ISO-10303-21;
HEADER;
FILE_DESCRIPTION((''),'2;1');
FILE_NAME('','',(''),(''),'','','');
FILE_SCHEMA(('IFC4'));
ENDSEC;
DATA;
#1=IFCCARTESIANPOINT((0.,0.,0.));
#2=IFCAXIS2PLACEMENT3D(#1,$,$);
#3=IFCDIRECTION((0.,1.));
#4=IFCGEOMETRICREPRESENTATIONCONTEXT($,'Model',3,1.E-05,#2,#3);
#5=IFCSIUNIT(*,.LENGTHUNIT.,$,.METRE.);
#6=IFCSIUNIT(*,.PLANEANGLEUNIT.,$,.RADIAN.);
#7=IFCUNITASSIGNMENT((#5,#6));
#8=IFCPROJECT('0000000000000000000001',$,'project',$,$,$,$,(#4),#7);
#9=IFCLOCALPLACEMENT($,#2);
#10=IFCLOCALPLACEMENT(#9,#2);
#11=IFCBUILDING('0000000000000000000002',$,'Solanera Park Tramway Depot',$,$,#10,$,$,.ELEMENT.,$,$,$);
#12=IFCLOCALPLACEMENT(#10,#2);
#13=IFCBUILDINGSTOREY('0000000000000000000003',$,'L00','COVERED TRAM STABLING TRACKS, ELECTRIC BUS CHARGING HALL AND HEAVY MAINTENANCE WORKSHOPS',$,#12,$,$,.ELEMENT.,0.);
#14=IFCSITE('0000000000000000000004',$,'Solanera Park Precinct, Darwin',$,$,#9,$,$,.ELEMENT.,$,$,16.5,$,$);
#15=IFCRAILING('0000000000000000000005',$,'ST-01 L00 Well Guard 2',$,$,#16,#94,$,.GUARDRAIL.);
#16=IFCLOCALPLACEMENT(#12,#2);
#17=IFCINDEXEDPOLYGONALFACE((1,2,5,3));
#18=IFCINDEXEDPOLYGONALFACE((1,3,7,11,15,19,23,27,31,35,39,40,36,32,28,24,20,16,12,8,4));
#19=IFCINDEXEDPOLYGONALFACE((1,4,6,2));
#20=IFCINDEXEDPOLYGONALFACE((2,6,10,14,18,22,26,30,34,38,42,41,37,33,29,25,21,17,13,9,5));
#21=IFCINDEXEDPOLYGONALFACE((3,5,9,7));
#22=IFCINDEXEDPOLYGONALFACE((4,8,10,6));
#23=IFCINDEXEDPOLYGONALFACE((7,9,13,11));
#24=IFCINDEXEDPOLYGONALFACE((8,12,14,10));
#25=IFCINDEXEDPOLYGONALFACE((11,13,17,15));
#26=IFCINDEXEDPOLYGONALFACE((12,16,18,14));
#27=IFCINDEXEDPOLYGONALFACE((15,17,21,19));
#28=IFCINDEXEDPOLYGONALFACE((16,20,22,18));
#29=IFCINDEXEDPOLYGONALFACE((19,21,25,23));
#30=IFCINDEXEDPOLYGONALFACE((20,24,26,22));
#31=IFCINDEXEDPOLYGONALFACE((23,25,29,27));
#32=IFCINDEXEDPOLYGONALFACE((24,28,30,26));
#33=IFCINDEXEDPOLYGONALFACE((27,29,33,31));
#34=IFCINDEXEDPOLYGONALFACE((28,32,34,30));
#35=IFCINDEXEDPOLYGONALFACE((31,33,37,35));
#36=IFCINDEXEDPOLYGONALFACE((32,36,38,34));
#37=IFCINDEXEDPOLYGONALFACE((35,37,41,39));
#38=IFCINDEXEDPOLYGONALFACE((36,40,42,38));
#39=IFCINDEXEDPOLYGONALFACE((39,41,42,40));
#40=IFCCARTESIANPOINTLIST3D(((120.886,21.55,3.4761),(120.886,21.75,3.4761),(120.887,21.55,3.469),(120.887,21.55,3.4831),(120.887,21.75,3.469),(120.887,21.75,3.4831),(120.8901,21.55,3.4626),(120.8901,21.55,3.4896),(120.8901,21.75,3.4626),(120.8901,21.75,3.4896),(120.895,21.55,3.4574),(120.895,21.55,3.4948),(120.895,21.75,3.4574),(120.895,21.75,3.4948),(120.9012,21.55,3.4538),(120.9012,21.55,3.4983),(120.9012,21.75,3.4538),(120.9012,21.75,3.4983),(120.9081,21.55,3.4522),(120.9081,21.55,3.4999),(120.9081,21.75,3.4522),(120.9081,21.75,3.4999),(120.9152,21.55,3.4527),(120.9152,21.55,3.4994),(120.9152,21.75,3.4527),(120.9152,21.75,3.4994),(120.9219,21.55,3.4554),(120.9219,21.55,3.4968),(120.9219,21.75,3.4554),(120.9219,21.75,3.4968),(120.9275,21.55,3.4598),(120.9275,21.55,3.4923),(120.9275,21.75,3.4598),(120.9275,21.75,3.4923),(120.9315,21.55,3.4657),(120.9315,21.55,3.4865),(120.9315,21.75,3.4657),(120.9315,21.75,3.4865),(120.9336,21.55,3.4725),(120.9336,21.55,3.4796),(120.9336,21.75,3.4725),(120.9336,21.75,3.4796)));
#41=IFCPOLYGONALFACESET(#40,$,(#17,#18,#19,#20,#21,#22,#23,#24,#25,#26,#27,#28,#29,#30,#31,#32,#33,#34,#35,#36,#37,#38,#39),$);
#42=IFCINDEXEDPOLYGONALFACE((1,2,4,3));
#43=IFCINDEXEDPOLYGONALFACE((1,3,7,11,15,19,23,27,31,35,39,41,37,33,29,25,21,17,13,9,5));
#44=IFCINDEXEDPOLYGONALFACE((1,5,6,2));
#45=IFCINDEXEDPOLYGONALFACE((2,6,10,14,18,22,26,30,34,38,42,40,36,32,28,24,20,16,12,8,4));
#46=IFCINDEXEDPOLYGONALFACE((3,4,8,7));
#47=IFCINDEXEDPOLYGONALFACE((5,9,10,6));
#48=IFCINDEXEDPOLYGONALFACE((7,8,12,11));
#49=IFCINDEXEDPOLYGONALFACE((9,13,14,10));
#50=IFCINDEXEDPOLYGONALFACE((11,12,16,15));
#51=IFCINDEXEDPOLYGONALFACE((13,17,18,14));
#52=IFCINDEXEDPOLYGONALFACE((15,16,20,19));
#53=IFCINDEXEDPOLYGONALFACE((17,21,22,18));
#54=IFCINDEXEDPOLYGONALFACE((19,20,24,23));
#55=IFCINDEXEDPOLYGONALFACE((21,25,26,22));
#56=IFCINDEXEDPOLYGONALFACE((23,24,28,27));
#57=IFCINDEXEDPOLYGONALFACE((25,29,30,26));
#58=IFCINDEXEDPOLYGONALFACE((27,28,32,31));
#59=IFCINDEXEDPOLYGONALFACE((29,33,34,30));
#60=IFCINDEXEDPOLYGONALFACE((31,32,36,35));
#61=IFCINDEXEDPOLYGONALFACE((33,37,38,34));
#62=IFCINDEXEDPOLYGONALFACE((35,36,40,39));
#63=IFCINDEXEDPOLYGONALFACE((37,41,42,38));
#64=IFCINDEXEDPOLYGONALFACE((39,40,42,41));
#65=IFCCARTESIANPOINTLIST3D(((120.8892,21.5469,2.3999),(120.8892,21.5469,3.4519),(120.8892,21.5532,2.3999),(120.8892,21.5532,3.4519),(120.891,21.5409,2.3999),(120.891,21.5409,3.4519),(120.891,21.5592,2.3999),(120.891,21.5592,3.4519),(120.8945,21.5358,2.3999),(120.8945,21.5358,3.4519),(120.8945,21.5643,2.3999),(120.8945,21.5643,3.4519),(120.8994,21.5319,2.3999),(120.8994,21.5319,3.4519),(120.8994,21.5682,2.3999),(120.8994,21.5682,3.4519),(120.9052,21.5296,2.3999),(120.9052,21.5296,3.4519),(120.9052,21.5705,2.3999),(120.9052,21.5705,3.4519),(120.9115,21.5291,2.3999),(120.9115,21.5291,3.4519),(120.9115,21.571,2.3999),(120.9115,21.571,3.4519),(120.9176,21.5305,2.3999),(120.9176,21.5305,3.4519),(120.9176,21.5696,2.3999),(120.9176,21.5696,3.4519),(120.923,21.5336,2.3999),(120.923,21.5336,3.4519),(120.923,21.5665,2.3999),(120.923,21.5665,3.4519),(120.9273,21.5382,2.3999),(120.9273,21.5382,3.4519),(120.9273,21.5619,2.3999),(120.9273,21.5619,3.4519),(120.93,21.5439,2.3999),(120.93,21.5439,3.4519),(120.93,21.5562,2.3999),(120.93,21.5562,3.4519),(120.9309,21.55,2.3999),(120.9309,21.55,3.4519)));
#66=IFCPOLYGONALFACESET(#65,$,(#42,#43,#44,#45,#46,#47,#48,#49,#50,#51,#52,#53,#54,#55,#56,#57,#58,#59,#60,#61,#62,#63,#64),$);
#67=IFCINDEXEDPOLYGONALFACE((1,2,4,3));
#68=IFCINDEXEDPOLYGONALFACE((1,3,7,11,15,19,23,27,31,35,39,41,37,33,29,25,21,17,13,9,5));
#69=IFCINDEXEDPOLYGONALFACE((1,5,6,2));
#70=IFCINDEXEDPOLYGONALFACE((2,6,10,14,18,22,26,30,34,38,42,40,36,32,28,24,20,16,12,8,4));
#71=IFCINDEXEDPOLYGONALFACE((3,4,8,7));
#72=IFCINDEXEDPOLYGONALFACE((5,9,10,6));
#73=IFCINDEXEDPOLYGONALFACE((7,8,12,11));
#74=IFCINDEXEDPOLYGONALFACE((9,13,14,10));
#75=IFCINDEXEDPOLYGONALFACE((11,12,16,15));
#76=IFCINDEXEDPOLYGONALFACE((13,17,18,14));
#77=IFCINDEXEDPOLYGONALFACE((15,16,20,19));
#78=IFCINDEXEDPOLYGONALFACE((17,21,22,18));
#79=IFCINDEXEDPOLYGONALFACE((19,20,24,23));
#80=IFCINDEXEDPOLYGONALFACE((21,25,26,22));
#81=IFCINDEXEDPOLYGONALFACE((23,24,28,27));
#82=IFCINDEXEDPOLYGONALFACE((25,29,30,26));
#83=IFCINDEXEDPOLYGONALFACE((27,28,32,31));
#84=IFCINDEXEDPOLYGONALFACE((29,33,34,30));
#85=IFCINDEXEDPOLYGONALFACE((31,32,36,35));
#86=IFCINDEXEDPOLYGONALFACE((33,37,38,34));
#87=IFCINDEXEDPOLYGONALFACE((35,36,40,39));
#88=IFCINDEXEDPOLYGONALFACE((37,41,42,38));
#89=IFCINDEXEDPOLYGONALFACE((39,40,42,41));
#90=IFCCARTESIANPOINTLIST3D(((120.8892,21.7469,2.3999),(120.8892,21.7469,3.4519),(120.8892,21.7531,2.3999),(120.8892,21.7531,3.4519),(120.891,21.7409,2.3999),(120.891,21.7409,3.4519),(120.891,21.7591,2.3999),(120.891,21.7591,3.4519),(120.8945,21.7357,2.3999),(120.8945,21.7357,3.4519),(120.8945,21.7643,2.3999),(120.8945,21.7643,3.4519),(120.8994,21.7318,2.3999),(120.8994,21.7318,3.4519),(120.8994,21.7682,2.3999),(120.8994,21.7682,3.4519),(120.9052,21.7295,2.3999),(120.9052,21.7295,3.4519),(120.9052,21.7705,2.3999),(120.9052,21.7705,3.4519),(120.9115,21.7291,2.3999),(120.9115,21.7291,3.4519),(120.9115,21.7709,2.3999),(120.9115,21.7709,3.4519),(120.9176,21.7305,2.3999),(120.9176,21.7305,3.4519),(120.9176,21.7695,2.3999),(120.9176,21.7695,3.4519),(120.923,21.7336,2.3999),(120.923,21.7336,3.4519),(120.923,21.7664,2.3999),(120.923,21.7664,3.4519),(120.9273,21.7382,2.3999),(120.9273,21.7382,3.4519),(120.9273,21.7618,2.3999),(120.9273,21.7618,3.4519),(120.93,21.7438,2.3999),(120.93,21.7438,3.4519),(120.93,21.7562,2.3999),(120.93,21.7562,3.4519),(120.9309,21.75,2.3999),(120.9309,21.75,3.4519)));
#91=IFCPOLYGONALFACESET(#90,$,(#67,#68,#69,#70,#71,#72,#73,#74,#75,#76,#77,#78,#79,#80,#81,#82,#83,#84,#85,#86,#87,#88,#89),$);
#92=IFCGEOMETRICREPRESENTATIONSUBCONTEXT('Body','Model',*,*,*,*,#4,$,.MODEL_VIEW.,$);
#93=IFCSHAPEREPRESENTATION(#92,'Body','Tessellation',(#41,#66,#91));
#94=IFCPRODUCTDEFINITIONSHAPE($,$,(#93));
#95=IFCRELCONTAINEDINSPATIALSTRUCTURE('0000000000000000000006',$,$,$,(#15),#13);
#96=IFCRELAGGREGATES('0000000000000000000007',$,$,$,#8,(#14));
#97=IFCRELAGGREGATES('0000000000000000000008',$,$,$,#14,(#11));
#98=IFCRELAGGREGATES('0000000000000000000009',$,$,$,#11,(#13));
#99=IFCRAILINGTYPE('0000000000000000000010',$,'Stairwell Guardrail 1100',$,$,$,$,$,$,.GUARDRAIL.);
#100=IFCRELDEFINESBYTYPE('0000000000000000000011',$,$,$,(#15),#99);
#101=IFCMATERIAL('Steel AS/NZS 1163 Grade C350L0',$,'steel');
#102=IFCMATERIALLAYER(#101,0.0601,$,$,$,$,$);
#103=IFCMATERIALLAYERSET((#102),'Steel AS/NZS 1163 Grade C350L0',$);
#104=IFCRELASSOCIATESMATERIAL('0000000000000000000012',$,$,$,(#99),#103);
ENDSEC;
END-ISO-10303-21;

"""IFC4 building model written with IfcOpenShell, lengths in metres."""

from ifc_helpers import new_model, si_unit, direction, frame, origin, origin_2d, place, context, subcontext, project, spatial, circle, extrude, material, layer, layer_set, type_object, element, save


model = new_model("IFC4")

# Units and contexts
model_context = context("Model", 3, precision=1e-05, world=origin(), true_north=direction((0.0, 1.0)))
body_context = subcontext(model_context, "Body", "Model", "MODEL_VIEW")
ifc_project = project(units=[si_unit("LENGTHUNIT", "METRE"), si_unit("PLANEANGLEUNIT", "RADIAN")], contexts=[model_context])

# Site, building, storey
site_placement = place(None, origin())
site = spatial("IfcSite", under=ifc_project, at=site_placement, Name="Solanera Park Precinct, Darwin", CompositionType="ELEMENT", RefElevation=16.5)
building_placement = place(site_placement, origin())
building = spatial("IfcBuilding", under=site, at=building_placement, Name="Solanera Park Tramway Depot", CompositionType="ELEMENT")
storey_placement = place(building_placement, origin())
storey = spatial("IfcBuildingStorey", under=building, at=storey_placement, Name="L00", Description="COVERED TRAM STABLING TRACKS, ELECTRIC BUS CHARGING HALL AND HEAVY MAINTENANCE WORKSHOPS", CompositionType="ELEMENT", Elevation=0.0)

# Railing
ifc_material_1 = material(Name="Steel AS/NZS 1163 Grade C350L0", Category="steel")
ifc_layer_1 = layer(ifc_material_1, 0.0601)
ifc_layer_set_1 = layer_set([ifc_layer_1], Name="Steel AS/NZS 1163 Grade C350L0")
railing_type_1 = type_object("IfcRailingType", Name="Stairwell Guardrail 1100", PredefinedType="GUARDRAIL", material=ifc_layer_set_1)
railing_1_placement = place(storey_placement, frame((120.9099, 21.55, 2.3999)))
element("IfcRailing", 1, at=railing_1_placement, inside=storey, type_object=railing_type_1, Name="ST-01 L00 Well Guard 2", PredefinedType="GUARDRAIL", context=body_context, shape_type="SweptSolid", body=[
    extrude(circle(Radius=0.0239, at=origin_2d()), frame((0.0, 0.0, 1.0762), z_axis=(0.0, 1.0, 0.0), x_axis=(-1.0, 0.0, 0.0)), (0.0, 0.0, 1.0), 0.2),
    extrude(circle(Radius=0.021, at=origin_2d()), origin(), (0.0, 0.0, 1.0), 1.052),
    extrude(circle(Radius=0.021, at=origin_2d()), frame((0.0, 0.2, 0.0)), (0.0, 0.0, 1.0), 1.052),
])

save(model, "model.ifc")
